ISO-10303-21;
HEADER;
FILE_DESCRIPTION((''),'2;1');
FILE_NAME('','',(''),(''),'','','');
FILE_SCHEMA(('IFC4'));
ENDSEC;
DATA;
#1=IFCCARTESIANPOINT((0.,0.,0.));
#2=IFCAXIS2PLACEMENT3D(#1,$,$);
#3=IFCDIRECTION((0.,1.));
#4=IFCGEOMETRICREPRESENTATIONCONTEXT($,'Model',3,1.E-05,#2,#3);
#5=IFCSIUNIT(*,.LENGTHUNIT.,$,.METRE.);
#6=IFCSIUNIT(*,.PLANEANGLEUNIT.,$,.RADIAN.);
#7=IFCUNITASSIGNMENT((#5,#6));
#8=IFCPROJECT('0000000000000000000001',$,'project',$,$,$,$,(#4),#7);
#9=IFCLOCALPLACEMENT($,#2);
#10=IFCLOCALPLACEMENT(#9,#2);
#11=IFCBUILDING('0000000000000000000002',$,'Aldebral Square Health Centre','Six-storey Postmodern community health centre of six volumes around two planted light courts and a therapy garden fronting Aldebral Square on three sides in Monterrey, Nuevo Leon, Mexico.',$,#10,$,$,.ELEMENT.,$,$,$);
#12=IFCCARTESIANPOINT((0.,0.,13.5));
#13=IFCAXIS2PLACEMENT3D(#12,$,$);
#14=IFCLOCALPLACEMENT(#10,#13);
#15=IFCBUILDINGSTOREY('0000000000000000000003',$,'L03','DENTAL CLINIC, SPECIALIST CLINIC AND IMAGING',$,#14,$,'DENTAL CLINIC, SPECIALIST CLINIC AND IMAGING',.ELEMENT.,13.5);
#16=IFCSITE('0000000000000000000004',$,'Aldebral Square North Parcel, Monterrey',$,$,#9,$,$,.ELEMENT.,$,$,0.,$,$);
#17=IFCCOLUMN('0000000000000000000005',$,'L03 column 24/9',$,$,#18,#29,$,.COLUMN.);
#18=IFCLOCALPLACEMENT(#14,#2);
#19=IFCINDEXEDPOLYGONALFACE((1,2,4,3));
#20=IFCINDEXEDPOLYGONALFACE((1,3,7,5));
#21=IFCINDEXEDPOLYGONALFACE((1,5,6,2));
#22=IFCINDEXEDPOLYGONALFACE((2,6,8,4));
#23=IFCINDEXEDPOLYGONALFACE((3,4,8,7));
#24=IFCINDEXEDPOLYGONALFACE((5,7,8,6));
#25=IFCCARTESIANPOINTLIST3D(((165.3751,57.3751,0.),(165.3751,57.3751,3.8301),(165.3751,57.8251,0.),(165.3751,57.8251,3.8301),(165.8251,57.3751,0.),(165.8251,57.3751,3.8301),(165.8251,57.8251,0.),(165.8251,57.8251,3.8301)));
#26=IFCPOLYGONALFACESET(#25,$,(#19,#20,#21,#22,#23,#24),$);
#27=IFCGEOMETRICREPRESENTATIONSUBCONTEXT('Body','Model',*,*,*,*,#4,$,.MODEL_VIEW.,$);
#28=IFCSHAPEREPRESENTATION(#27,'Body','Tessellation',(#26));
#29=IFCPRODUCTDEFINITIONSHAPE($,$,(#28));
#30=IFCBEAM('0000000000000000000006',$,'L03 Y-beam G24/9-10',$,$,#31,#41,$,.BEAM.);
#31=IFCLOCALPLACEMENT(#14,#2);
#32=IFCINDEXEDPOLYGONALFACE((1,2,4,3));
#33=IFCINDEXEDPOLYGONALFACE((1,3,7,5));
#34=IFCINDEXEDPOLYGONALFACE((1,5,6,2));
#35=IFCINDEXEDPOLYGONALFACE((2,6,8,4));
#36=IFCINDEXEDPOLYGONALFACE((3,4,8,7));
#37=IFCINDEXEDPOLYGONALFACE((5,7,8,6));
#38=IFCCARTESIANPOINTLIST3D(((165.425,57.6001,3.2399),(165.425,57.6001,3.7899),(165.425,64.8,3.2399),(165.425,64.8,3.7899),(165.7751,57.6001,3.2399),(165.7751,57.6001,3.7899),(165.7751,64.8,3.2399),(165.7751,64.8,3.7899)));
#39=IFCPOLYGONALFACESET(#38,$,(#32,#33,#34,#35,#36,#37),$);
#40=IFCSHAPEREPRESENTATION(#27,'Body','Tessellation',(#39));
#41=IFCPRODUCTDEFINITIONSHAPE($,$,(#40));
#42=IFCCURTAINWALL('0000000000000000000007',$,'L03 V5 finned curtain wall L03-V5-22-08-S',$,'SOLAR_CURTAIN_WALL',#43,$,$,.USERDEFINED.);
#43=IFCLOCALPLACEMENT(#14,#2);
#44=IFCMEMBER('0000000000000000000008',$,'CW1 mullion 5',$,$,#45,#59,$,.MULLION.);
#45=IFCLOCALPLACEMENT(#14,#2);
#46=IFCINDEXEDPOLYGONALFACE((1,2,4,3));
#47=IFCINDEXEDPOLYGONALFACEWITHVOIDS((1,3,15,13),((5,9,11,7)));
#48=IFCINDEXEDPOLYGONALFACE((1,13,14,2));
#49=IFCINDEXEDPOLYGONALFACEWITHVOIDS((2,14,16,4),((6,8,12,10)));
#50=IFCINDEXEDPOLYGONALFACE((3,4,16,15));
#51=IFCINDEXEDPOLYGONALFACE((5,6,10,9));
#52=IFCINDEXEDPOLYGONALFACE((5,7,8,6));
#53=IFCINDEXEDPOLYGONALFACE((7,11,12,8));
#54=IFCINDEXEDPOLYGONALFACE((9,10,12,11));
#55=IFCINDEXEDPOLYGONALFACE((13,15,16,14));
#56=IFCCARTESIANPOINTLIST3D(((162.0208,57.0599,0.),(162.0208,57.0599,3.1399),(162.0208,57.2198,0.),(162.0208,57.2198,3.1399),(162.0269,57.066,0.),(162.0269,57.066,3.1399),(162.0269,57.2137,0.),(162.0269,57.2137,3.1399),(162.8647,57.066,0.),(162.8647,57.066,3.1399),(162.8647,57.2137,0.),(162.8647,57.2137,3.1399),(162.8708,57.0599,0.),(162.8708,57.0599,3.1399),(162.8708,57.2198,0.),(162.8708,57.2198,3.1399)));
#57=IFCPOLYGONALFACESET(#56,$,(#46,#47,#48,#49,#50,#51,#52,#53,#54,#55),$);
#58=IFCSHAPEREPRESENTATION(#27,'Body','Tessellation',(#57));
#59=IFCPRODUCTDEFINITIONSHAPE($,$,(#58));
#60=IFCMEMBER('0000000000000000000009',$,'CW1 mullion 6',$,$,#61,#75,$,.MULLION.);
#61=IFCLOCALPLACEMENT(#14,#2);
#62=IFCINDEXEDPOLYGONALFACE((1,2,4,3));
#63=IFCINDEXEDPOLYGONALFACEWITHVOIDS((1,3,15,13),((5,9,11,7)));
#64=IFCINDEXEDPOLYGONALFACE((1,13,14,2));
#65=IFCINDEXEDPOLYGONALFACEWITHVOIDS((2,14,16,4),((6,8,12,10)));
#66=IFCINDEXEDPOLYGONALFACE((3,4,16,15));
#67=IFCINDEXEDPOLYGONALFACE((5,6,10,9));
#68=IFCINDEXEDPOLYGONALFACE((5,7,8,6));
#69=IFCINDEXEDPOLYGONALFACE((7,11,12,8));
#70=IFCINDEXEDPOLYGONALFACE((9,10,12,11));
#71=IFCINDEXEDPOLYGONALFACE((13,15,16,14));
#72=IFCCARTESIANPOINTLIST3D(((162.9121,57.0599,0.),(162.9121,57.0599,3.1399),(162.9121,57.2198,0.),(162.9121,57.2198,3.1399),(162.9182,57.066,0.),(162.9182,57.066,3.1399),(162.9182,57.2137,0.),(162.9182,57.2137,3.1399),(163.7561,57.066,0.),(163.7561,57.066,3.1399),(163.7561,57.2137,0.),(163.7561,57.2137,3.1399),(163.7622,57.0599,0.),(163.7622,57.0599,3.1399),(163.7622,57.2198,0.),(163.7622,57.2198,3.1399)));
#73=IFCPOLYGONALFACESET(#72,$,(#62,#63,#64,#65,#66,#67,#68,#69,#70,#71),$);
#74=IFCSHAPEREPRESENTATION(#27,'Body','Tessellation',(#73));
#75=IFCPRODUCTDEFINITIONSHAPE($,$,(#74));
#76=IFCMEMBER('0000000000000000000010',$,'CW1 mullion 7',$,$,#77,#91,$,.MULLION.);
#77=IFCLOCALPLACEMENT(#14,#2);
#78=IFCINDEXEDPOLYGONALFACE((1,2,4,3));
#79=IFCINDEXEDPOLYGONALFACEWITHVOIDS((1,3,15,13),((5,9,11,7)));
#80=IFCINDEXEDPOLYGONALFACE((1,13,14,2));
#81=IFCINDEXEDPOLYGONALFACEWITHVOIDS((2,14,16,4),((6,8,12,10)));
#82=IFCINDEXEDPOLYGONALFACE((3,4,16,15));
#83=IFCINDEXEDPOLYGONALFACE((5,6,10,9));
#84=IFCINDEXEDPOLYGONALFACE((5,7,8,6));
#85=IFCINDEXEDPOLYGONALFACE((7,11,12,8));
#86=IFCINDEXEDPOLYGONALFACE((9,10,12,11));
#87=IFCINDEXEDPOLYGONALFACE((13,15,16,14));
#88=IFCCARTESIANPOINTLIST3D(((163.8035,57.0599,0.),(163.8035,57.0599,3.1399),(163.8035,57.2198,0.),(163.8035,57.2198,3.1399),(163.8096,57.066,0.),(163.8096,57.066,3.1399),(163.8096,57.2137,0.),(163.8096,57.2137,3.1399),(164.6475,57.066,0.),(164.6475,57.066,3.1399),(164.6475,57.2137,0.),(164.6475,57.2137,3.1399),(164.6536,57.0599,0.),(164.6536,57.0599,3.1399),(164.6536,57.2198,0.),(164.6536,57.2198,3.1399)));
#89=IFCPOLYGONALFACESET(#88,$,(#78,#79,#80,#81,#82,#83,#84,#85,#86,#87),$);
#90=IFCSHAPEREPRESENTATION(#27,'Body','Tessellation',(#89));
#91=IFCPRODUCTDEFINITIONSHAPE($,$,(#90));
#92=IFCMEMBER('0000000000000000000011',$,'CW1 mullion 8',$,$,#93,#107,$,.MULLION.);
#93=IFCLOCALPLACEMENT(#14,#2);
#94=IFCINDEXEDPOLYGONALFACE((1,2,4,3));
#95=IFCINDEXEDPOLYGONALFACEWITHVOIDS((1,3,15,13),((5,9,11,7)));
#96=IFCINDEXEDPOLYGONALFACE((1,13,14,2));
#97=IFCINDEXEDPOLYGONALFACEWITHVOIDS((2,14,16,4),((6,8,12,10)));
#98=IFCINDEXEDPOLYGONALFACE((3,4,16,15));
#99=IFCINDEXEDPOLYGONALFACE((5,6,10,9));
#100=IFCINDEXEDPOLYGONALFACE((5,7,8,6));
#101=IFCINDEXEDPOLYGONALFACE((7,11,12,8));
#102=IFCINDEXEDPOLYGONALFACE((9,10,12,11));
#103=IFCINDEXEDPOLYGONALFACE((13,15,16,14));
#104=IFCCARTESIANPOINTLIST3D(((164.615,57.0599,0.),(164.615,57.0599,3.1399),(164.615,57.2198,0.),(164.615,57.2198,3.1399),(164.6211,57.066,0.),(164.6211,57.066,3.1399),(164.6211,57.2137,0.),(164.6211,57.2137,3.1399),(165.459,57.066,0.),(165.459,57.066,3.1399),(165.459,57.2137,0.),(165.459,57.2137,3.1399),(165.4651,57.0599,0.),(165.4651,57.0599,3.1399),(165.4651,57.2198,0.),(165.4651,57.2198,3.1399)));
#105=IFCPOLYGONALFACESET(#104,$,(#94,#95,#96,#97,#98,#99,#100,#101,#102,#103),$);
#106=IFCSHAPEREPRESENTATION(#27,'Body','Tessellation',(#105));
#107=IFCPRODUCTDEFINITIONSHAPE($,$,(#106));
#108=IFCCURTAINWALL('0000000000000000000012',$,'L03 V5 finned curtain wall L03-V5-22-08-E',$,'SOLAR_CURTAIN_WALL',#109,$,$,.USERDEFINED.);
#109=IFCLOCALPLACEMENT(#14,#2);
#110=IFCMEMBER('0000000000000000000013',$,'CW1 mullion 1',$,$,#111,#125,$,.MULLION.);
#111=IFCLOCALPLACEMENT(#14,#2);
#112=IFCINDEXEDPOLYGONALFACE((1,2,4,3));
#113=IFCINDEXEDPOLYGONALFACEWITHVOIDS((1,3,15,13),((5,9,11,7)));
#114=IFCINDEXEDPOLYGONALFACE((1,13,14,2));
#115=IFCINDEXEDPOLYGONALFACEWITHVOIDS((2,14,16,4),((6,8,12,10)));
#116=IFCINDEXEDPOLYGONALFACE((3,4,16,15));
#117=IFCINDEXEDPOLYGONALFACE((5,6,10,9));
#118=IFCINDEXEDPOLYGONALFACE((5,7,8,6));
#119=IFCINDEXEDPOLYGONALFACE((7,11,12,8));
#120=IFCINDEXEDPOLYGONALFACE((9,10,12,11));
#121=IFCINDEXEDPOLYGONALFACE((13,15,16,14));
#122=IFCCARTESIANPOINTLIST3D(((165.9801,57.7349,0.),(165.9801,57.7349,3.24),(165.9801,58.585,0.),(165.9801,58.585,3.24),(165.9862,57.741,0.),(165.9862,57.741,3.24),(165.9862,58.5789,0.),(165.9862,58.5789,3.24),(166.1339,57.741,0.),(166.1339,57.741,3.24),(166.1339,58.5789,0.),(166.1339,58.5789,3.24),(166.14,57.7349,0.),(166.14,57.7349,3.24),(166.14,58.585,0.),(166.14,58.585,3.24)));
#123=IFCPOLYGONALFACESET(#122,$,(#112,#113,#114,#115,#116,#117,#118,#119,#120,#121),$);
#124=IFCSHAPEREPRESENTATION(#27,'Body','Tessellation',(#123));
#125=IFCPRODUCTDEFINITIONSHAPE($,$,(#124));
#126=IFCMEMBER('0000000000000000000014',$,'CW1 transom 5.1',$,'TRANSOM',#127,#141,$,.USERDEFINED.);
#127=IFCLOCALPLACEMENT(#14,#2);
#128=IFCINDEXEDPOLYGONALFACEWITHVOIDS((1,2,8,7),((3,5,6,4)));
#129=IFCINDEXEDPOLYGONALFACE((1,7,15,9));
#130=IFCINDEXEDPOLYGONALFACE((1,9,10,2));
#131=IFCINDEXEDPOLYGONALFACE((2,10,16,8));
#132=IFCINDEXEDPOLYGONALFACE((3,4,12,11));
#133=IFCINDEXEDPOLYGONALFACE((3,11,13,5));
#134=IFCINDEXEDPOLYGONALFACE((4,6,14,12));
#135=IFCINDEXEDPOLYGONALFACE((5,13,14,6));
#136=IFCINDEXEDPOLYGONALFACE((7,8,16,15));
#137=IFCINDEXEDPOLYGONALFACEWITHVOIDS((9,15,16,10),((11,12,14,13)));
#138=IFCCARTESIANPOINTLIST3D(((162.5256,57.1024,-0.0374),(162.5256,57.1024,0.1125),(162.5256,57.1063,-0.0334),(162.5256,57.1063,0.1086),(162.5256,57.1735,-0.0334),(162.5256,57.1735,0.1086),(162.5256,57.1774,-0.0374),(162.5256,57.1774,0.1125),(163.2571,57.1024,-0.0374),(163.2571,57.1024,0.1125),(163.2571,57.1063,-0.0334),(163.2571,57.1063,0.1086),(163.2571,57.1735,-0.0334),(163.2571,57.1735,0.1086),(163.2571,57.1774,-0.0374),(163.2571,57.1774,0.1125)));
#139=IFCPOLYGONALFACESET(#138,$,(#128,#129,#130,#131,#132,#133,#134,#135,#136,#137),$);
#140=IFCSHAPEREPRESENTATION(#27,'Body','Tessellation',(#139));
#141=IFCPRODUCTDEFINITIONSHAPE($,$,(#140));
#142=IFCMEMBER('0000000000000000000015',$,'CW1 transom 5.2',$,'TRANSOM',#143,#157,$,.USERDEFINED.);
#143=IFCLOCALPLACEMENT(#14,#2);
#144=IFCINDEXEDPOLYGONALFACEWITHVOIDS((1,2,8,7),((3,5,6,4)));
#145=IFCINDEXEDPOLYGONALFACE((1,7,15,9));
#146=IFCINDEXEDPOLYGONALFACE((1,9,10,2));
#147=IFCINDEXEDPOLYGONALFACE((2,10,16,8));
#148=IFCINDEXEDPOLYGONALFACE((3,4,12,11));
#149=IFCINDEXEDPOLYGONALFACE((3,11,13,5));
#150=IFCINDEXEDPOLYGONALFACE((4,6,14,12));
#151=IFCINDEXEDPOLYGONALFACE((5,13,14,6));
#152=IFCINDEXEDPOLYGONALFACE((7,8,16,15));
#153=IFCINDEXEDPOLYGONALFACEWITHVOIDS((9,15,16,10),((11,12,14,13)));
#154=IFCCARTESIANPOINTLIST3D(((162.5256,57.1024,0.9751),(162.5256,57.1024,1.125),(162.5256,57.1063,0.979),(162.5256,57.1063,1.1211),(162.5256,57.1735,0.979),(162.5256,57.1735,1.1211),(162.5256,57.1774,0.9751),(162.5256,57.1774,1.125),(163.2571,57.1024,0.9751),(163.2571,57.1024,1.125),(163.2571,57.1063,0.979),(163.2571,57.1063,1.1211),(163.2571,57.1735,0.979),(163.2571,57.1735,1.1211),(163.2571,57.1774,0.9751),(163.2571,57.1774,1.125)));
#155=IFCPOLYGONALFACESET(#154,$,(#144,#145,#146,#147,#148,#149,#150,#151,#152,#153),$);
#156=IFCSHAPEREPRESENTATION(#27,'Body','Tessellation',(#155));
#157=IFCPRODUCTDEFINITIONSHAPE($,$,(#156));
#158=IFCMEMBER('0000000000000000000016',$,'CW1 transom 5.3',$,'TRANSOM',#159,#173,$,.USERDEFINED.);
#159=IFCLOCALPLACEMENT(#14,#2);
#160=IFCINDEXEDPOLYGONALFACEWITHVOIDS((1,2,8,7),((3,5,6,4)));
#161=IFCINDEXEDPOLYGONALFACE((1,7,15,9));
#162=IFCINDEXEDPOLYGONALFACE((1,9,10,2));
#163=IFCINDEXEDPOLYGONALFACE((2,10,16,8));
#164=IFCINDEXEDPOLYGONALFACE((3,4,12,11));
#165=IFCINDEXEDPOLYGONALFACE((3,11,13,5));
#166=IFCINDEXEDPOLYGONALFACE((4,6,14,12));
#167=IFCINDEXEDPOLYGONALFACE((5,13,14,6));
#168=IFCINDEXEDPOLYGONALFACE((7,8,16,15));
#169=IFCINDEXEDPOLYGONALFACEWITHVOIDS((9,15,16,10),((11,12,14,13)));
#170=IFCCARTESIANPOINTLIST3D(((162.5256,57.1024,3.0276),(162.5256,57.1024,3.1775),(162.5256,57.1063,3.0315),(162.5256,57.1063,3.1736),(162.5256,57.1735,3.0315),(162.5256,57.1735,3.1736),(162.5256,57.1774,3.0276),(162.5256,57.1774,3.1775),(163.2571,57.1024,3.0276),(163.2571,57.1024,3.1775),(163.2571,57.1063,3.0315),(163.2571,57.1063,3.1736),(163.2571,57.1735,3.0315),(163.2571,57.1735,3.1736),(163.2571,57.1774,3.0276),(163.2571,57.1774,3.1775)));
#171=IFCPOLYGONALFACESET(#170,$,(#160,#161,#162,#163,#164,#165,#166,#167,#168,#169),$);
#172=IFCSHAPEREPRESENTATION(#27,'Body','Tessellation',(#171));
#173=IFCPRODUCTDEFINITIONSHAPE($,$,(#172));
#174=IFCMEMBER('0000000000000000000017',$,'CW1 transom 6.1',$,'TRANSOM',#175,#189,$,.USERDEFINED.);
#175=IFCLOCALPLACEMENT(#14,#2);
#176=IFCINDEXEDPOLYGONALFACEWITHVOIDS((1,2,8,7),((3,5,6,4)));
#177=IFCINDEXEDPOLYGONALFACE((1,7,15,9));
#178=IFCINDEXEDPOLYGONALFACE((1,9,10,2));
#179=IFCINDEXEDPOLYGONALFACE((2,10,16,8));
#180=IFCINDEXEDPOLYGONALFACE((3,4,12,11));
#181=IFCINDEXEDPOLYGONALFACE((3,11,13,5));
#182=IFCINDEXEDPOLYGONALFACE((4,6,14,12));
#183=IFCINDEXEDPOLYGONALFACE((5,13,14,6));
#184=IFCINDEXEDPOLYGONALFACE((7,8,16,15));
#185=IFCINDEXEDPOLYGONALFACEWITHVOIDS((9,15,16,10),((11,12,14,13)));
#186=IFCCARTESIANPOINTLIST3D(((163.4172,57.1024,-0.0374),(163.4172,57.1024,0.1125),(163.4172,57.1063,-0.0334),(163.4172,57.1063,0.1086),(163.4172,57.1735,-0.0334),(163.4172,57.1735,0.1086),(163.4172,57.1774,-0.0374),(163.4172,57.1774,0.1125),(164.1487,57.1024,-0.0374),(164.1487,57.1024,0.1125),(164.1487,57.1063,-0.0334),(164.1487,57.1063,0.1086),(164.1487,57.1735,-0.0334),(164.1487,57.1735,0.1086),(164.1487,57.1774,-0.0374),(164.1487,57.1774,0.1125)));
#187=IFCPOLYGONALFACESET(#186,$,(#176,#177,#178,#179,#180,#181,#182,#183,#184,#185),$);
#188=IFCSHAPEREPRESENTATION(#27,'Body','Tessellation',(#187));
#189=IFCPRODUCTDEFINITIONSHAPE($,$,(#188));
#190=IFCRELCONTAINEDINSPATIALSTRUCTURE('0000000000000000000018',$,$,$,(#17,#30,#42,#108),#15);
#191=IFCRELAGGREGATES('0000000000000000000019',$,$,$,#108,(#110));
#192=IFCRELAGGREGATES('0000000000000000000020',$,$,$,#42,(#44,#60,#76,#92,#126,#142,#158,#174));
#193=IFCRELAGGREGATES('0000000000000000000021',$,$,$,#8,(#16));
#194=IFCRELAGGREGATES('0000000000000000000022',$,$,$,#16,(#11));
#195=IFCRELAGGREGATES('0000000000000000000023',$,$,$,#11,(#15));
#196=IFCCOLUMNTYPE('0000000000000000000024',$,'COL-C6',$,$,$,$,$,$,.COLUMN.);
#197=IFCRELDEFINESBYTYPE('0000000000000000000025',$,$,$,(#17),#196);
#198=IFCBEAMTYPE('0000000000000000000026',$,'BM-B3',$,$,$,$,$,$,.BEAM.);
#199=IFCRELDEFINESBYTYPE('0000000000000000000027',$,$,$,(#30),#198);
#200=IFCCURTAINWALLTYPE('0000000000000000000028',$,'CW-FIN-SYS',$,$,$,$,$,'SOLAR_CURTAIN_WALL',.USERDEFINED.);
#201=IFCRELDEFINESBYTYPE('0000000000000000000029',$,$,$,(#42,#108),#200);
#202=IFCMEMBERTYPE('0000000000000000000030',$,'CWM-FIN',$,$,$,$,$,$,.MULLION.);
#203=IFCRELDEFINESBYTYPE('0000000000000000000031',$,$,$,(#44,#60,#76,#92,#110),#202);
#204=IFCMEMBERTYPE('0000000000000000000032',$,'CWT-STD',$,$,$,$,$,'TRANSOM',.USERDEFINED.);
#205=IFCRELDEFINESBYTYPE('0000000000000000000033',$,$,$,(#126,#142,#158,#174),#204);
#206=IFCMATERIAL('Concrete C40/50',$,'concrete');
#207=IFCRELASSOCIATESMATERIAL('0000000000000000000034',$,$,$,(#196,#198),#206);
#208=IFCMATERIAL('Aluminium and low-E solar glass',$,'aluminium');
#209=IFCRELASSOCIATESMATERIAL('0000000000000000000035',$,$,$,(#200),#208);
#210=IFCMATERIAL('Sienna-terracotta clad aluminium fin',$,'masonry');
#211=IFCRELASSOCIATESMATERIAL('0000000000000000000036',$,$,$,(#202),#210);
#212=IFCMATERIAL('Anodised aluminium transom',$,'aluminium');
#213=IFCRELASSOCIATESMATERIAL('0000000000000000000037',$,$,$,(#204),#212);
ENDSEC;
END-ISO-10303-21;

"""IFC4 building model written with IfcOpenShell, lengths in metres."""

from ifc_helpers import new_model, si_unit, direction, frame, origin, origin_2d, place, context, subcontext, project, spatial, rectangle, hollow_rectangle, extrude, material, material_profile, profile_set, type_object, element, aggregate, save


model = new_model("IFC4")

# Units and contexts
model_context = context("Model", 3, precision=1e-05, world=origin(), true_north=direction((0.0, 1.0)))
body_context = subcontext(model_context, "Body", "Model", "MODEL_VIEW")
ifc_project = project(units=[si_unit("LENGTHUNIT", "METRE"), si_unit("PLANEANGLEUNIT", "RADIAN")], contexts=[model_context])

# Site, building, storey
site_placement = place(None, origin())
site = spatial("IfcSite", under=ifc_project, at=site_placement, Name="Aldebral Square North Parcel, Monterrey", CompositionType="ELEMENT", RefElevation=0.0)
building_placement = place(site_placement, origin())
building = spatial("IfcBuilding", under=site, at=building_placement, Name="Aldebral Square Health Centre", Description="Six-storey Postmodern community health centre of six volumes around two planted light courts and a therapy garden fronting Aldebral Square on three sides in Monterrey, Nuevo Leon, Mexico.", CompositionType="ELEMENT")
storey_placement = place(building_placement, frame((0.0, 0.0, 13.5)))
storey = spatial("IfcBuildingStorey", under=building, at=storey_placement, Name="L03", Description="DENTAL CLINIC, SPECIALIST CLINIC AND IMAGING", LongName="DENTAL CLINIC, SPECIALIST CLINIC AND IMAGING", CompositionType="ELEMENT", Elevation=13.5)

# Column
ifc_material_1 = material(Name="Concrete C40/50", Category="concrete")
ifc_material_profile_1 = material_profile(ifc_material_1, rectangle(XDim=0.45, YDim=0.45, at=origin_2d()), Name="RC 450x450")
ifc_profile_set_1 = profile_set([ifc_material_profile_1], Name="Concrete C40/50")
column_type = type_object("IfcColumnType", Name="COL-C6", PredefinedType="COLUMN", material=ifc_profile_set_1)
column_placement = place(storey_placement, frame((165.6001, 57.6001, 0.0), z_axis=(0.0, 0.0, 1.0), x_axis=(1.0, 0.0, 0.0)))
element("IfcColumn", 1, at=column_placement, inside=storey, type_object=column_type, Name="L03 column 24/9", PredefinedType="COLUMN", context=body_context, shape_type="SweptSolid", body=[
    extrude(rectangle(XDim=0.45, YDim=0.45, at=origin_2d()), origin(), (0.0, 0.0, 1.0), 3.8301),
])

# Beam
ifc_material_profile_2 = material_profile(ifc_material_1, rectangle(XDim=0.3501, YDim=0.55, at=origin_2d()), Name="RC 350x550")
ifc_profile_set_2 = profile_set([ifc_material_profile_2], Name="Concrete C40/50")
beam_type = type_object("IfcBeamType", Name="BM-B3", PredefinedType="BEAM", material=ifc_profile_set_2)
beam_placement = place(storey_placement, frame((165.6001, 57.6001, 3.5149), z_axis=(0.0, 1.0, 0.0), x_axis=(-1.0, 0.0, 0.0)))
element("IfcBeam", 2, at=beam_placement, inside=storey, type_object=beam_type, Name="L03 Y-beam G24/9-10", PredefinedType="BEAM", context=body_context, shape_type="SweptSolid", body=[
    extrude(rectangle(XDim=0.3501, YDim=0.55, at=origin_2d()), origin(), (0.0, 0.0, 1.0), 7.2),
])

# Curtain wall, members
ifc_material_2 = material(Name="Aluminium and low-E solar glass", Category="aluminium")
curtain_wall_type = type_object("IfcCurtainWallType", Name="CW-FIN-SYS", ElementType="SOLAR_CURTAIN_WALL", PredefinedType="USERDEFINED", material=ifc_material_2)
curtain_wall_1_placement = place(storey_placement, origin())
curtain_wall_1 = element("IfcCurtainWall", 3, at=curtain_wall_1_placement, inside=storey, type_object=curtain_wall_type, Name="L03 V5 finned curtain wall L03-V5-22-08-S", ObjectType="SOLAR_CURTAIN_WALL", PredefinedType="USERDEFINED")
ifc_material_3 = material(Name="Sienna-terracotta clad aluminium fin", Category="masonry")
ifc_material_profile_3 = material_profile(ifc_material_3, hollow_rectangle(XDim=0.1599, YDim=0.8501, WallThickness=0.0061, at=origin_2d()), Name="FIN 160x850x6")
ifc_profile_set_3 = profile_set([ifc_material_profile_3], Name="Sienna-terracotta clad aluminium fin")
member_type_1 = type_object("IfcMemberType", Name="CWM-FIN", PredefinedType="MULLION", material=ifc_profile_set_3)
member_1_placement = place(storey_placement, frame((162.4458, 57.1399, 0.0), z_axis=(0.0, 0.0, 1.0), x_axis=(0.0, 1.0, 0.0)))
member_1 = element("IfcMember", 4, at=member_1_placement, type_object=member_type_1, Name="CW1 mullion 5", PredefinedType="MULLION", context=body_context, shape_type="SweptSolid", body=[
    extrude(hollow_rectangle(XDim=0.1599, YDim=0.8501, WallThickness=0.0061, at=origin_2d()), origin(), (0.0, 0.0, 1.0), 3.1399),
])
member_2_placement = place(storey_placement, frame((163.3372, 57.1399, 0.0), z_axis=(0.0, 0.0, 1.0), x_axis=(0.0, 1.0, 0.0)))
member_2 = element("IfcMember", 5, at=member_2_placement, type_object=member_type_1, Name="CW1 mullion 6", PredefinedType="MULLION", context=body_context, shape_type="SweptSolid", body=[
    extrude(hollow_rectangle(XDim=0.1599, YDim=0.8501, WallThickness=0.0061, at=origin_2d()), origin(), (0.0, 0.0, 1.0), 3.1399),
])
member_3_placement = place(storey_placement, frame((164.2285, 57.1399, 0.0), z_axis=(0.0, 0.0, 1.0), x_axis=(0.0, 1.0, 0.0)))
member_3 = element("IfcMember", 6, at=member_3_placement, type_object=member_type_1, Name="CW1 mullion 7", PredefinedType="MULLION", context=body_context, shape_type="SweptSolid", body=[
    extrude(hollow_rectangle(XDim=0.1599, YDim=0.8501, WallThickness=0.0061, at=origin_2d()), origin(), (0.0, 0.0, 1.0), 3.1399),
])
member_4_placement = place(storey_placement, frame((165.04, 57.1399, 0.0), z_axis=(0.0, 0.0, 1.0), x_axis=(0.0, 1.0, 0.0)))
member_4 = element("IfcMember", 7, at=member_4_placement, type_object=member_type_1, Name="CW1 mullion 8", PredefinedType="MULLION", context=body_context, shape_type="SweptSolid", body=[
    extrude(hollow_rectangle(XDim=0.1599, YDim=0.8501, WallThickness=0.0061, at=origin_2d()), origin(), (0.0, 0.0, 1.0), 3.1399),
])

# Curtain wall, member
curtain_wall_2_placement = place(storey_placement, origin())
curtain_wall_2 = element("IfcCurtainWall", 8, at=curtain_wall_2_placement, inside=storey, type_object=curtain_wall_type, Name="L03 V5 finned curtain wall L03-V5-22-08-E", ObjectType="SOLAR_CURTAIN_WALL", PredefinedType="USERDEFINED")
member_5_placement = place(storey_placement, frame((166.0601, 58.1599, 0.0), z_axis=(0.0, 0.0, 1.0), x_axis=(-1.0, 0.0, 0.0)))
member_5 = element("IfcMember", 9, at=member_5_placement, type_object=member_type_1, Name="CW1 mullion 1", PredefinedType="MULLION", context=body_context, shape_type="SweptSolid", body=[
    extrude(hollow_rectangle(XDim=0.1599, YDim=0.8501, WallThickness=0.0061, at=origin_2d()), origin(), (0.0, 0.0, 1.0), 3.24),
])

# Members
ifc_material_4 = material(Name="Anodised aluminium transom", Category="aluminium")
ifc_material_profile_4 = material_profile(ifc_material_4, hollow_rectangle(XDim=0.075, YDim=0.1499, WallThickness=0.0039, at=origin_2d()), Name="CWT 75x150x4")
ifc_profile_set_4 = profile_set([ifc_material_profile_4], Name="Anodised aluminium transom")
member_type_2 = type_object("IfcMemberType", Name="CWT-STD", ElementType="TRANSOM", PredefinedType="USERDEFINED", material=ifc_profile_set_4)
member_6_placement = place(storey_placement, frame((162.5256, 57.1399, 0.0376), z_axis=(1.0, 0.0, 0.0), x_axis=(0.0, 1.0, 0.0)))
member_6 = element("IfcMember", 10, at=member_6_placement, type_object=member_type_2, Name="CW1 transom 5.1", ObjectType="TRANSOM", PredefinedType="USERDEFINED", context=body_context, shape_type="SweptSolid", body=[
    extrude(hollow_rectangle(XDim=0.075, YDim=0.1499, WallThickness=0.0039, at=origin_2d()), origin(), (0.0, 0.0, 1.0), 0.7314),
])
member_7_placement = place(storey_placement, frame((162.5256, 57.1399, 1.05), z_axis=(1.0, 0.0, 0.0), x_axis=(0.0, 1.0, 0.0)))
member_7 = element("IfcMember", 11, at=member_7_placement, type_object=member_type_2, Name="CW1 transom 5.2", ObjectType="TRANSOM", PredefinedType="USERDEFINED", context=body_context, shape_type="SweptSolid", body=[
    extrude(hollow_rectangle(XDim=0.075, YDim=0.1499, WallThickness=0.0039, at=origin_2d()), origin(), (0.0, 0.0, 1.0), 0.7314),
])
member_8_placement = place(storey_placement, frame((162.5256, 57.1399, 3.1025), z_axis=(1.0, 0.0, 0.0), x_axis=(0.0, 1.0, 0.0)))
member_8 = element("IfcMember", 12, at=member_8_placement, type_object=member_type_2, Name="CW1 transom 5.3", ObjectType="TRANSOM", PredefinedType="USERDEFINED", context=body_context, shape_type="SweptSolid", body=[
    extrude(hollow_rectangle(XDim=0.075, YDim=0.1499, WallThickness=0.0039, at=origin_2d()), origin(), (0.0, 0.0, 1.0), 0.7314),
])
member_9_placement = place(storey_placement, frame((163.4172, 57.1399, 0.0376), z_axis=(1.0, 0.0, 0.0), x_axis=(0.0, 1.0, 0.0)))
member_9 = element("IfcMember", 13, at=member_9_placement, type_object=member_type_2, Name="CW1 transom 6.1", ObjectType="TRANSOM", PredefinedType="USERDEFINED", context=body_context, shape_type="SweptSolid", body=[
    extrude(hollow_rectangle(XDim=0.075, YDim=0.1499, WallThickness=0.0039, at=origin_2d()), origin(), (0.0, 0.0, 1.0), 0.7314),
])
aggregate(curtain_wall_2, [member_5])

aggregate(curtain_wall_1, [member_1, member_2, member_3, member_4, member_6, member_7, member_8, member_9])

save(model, "model.ifc")
